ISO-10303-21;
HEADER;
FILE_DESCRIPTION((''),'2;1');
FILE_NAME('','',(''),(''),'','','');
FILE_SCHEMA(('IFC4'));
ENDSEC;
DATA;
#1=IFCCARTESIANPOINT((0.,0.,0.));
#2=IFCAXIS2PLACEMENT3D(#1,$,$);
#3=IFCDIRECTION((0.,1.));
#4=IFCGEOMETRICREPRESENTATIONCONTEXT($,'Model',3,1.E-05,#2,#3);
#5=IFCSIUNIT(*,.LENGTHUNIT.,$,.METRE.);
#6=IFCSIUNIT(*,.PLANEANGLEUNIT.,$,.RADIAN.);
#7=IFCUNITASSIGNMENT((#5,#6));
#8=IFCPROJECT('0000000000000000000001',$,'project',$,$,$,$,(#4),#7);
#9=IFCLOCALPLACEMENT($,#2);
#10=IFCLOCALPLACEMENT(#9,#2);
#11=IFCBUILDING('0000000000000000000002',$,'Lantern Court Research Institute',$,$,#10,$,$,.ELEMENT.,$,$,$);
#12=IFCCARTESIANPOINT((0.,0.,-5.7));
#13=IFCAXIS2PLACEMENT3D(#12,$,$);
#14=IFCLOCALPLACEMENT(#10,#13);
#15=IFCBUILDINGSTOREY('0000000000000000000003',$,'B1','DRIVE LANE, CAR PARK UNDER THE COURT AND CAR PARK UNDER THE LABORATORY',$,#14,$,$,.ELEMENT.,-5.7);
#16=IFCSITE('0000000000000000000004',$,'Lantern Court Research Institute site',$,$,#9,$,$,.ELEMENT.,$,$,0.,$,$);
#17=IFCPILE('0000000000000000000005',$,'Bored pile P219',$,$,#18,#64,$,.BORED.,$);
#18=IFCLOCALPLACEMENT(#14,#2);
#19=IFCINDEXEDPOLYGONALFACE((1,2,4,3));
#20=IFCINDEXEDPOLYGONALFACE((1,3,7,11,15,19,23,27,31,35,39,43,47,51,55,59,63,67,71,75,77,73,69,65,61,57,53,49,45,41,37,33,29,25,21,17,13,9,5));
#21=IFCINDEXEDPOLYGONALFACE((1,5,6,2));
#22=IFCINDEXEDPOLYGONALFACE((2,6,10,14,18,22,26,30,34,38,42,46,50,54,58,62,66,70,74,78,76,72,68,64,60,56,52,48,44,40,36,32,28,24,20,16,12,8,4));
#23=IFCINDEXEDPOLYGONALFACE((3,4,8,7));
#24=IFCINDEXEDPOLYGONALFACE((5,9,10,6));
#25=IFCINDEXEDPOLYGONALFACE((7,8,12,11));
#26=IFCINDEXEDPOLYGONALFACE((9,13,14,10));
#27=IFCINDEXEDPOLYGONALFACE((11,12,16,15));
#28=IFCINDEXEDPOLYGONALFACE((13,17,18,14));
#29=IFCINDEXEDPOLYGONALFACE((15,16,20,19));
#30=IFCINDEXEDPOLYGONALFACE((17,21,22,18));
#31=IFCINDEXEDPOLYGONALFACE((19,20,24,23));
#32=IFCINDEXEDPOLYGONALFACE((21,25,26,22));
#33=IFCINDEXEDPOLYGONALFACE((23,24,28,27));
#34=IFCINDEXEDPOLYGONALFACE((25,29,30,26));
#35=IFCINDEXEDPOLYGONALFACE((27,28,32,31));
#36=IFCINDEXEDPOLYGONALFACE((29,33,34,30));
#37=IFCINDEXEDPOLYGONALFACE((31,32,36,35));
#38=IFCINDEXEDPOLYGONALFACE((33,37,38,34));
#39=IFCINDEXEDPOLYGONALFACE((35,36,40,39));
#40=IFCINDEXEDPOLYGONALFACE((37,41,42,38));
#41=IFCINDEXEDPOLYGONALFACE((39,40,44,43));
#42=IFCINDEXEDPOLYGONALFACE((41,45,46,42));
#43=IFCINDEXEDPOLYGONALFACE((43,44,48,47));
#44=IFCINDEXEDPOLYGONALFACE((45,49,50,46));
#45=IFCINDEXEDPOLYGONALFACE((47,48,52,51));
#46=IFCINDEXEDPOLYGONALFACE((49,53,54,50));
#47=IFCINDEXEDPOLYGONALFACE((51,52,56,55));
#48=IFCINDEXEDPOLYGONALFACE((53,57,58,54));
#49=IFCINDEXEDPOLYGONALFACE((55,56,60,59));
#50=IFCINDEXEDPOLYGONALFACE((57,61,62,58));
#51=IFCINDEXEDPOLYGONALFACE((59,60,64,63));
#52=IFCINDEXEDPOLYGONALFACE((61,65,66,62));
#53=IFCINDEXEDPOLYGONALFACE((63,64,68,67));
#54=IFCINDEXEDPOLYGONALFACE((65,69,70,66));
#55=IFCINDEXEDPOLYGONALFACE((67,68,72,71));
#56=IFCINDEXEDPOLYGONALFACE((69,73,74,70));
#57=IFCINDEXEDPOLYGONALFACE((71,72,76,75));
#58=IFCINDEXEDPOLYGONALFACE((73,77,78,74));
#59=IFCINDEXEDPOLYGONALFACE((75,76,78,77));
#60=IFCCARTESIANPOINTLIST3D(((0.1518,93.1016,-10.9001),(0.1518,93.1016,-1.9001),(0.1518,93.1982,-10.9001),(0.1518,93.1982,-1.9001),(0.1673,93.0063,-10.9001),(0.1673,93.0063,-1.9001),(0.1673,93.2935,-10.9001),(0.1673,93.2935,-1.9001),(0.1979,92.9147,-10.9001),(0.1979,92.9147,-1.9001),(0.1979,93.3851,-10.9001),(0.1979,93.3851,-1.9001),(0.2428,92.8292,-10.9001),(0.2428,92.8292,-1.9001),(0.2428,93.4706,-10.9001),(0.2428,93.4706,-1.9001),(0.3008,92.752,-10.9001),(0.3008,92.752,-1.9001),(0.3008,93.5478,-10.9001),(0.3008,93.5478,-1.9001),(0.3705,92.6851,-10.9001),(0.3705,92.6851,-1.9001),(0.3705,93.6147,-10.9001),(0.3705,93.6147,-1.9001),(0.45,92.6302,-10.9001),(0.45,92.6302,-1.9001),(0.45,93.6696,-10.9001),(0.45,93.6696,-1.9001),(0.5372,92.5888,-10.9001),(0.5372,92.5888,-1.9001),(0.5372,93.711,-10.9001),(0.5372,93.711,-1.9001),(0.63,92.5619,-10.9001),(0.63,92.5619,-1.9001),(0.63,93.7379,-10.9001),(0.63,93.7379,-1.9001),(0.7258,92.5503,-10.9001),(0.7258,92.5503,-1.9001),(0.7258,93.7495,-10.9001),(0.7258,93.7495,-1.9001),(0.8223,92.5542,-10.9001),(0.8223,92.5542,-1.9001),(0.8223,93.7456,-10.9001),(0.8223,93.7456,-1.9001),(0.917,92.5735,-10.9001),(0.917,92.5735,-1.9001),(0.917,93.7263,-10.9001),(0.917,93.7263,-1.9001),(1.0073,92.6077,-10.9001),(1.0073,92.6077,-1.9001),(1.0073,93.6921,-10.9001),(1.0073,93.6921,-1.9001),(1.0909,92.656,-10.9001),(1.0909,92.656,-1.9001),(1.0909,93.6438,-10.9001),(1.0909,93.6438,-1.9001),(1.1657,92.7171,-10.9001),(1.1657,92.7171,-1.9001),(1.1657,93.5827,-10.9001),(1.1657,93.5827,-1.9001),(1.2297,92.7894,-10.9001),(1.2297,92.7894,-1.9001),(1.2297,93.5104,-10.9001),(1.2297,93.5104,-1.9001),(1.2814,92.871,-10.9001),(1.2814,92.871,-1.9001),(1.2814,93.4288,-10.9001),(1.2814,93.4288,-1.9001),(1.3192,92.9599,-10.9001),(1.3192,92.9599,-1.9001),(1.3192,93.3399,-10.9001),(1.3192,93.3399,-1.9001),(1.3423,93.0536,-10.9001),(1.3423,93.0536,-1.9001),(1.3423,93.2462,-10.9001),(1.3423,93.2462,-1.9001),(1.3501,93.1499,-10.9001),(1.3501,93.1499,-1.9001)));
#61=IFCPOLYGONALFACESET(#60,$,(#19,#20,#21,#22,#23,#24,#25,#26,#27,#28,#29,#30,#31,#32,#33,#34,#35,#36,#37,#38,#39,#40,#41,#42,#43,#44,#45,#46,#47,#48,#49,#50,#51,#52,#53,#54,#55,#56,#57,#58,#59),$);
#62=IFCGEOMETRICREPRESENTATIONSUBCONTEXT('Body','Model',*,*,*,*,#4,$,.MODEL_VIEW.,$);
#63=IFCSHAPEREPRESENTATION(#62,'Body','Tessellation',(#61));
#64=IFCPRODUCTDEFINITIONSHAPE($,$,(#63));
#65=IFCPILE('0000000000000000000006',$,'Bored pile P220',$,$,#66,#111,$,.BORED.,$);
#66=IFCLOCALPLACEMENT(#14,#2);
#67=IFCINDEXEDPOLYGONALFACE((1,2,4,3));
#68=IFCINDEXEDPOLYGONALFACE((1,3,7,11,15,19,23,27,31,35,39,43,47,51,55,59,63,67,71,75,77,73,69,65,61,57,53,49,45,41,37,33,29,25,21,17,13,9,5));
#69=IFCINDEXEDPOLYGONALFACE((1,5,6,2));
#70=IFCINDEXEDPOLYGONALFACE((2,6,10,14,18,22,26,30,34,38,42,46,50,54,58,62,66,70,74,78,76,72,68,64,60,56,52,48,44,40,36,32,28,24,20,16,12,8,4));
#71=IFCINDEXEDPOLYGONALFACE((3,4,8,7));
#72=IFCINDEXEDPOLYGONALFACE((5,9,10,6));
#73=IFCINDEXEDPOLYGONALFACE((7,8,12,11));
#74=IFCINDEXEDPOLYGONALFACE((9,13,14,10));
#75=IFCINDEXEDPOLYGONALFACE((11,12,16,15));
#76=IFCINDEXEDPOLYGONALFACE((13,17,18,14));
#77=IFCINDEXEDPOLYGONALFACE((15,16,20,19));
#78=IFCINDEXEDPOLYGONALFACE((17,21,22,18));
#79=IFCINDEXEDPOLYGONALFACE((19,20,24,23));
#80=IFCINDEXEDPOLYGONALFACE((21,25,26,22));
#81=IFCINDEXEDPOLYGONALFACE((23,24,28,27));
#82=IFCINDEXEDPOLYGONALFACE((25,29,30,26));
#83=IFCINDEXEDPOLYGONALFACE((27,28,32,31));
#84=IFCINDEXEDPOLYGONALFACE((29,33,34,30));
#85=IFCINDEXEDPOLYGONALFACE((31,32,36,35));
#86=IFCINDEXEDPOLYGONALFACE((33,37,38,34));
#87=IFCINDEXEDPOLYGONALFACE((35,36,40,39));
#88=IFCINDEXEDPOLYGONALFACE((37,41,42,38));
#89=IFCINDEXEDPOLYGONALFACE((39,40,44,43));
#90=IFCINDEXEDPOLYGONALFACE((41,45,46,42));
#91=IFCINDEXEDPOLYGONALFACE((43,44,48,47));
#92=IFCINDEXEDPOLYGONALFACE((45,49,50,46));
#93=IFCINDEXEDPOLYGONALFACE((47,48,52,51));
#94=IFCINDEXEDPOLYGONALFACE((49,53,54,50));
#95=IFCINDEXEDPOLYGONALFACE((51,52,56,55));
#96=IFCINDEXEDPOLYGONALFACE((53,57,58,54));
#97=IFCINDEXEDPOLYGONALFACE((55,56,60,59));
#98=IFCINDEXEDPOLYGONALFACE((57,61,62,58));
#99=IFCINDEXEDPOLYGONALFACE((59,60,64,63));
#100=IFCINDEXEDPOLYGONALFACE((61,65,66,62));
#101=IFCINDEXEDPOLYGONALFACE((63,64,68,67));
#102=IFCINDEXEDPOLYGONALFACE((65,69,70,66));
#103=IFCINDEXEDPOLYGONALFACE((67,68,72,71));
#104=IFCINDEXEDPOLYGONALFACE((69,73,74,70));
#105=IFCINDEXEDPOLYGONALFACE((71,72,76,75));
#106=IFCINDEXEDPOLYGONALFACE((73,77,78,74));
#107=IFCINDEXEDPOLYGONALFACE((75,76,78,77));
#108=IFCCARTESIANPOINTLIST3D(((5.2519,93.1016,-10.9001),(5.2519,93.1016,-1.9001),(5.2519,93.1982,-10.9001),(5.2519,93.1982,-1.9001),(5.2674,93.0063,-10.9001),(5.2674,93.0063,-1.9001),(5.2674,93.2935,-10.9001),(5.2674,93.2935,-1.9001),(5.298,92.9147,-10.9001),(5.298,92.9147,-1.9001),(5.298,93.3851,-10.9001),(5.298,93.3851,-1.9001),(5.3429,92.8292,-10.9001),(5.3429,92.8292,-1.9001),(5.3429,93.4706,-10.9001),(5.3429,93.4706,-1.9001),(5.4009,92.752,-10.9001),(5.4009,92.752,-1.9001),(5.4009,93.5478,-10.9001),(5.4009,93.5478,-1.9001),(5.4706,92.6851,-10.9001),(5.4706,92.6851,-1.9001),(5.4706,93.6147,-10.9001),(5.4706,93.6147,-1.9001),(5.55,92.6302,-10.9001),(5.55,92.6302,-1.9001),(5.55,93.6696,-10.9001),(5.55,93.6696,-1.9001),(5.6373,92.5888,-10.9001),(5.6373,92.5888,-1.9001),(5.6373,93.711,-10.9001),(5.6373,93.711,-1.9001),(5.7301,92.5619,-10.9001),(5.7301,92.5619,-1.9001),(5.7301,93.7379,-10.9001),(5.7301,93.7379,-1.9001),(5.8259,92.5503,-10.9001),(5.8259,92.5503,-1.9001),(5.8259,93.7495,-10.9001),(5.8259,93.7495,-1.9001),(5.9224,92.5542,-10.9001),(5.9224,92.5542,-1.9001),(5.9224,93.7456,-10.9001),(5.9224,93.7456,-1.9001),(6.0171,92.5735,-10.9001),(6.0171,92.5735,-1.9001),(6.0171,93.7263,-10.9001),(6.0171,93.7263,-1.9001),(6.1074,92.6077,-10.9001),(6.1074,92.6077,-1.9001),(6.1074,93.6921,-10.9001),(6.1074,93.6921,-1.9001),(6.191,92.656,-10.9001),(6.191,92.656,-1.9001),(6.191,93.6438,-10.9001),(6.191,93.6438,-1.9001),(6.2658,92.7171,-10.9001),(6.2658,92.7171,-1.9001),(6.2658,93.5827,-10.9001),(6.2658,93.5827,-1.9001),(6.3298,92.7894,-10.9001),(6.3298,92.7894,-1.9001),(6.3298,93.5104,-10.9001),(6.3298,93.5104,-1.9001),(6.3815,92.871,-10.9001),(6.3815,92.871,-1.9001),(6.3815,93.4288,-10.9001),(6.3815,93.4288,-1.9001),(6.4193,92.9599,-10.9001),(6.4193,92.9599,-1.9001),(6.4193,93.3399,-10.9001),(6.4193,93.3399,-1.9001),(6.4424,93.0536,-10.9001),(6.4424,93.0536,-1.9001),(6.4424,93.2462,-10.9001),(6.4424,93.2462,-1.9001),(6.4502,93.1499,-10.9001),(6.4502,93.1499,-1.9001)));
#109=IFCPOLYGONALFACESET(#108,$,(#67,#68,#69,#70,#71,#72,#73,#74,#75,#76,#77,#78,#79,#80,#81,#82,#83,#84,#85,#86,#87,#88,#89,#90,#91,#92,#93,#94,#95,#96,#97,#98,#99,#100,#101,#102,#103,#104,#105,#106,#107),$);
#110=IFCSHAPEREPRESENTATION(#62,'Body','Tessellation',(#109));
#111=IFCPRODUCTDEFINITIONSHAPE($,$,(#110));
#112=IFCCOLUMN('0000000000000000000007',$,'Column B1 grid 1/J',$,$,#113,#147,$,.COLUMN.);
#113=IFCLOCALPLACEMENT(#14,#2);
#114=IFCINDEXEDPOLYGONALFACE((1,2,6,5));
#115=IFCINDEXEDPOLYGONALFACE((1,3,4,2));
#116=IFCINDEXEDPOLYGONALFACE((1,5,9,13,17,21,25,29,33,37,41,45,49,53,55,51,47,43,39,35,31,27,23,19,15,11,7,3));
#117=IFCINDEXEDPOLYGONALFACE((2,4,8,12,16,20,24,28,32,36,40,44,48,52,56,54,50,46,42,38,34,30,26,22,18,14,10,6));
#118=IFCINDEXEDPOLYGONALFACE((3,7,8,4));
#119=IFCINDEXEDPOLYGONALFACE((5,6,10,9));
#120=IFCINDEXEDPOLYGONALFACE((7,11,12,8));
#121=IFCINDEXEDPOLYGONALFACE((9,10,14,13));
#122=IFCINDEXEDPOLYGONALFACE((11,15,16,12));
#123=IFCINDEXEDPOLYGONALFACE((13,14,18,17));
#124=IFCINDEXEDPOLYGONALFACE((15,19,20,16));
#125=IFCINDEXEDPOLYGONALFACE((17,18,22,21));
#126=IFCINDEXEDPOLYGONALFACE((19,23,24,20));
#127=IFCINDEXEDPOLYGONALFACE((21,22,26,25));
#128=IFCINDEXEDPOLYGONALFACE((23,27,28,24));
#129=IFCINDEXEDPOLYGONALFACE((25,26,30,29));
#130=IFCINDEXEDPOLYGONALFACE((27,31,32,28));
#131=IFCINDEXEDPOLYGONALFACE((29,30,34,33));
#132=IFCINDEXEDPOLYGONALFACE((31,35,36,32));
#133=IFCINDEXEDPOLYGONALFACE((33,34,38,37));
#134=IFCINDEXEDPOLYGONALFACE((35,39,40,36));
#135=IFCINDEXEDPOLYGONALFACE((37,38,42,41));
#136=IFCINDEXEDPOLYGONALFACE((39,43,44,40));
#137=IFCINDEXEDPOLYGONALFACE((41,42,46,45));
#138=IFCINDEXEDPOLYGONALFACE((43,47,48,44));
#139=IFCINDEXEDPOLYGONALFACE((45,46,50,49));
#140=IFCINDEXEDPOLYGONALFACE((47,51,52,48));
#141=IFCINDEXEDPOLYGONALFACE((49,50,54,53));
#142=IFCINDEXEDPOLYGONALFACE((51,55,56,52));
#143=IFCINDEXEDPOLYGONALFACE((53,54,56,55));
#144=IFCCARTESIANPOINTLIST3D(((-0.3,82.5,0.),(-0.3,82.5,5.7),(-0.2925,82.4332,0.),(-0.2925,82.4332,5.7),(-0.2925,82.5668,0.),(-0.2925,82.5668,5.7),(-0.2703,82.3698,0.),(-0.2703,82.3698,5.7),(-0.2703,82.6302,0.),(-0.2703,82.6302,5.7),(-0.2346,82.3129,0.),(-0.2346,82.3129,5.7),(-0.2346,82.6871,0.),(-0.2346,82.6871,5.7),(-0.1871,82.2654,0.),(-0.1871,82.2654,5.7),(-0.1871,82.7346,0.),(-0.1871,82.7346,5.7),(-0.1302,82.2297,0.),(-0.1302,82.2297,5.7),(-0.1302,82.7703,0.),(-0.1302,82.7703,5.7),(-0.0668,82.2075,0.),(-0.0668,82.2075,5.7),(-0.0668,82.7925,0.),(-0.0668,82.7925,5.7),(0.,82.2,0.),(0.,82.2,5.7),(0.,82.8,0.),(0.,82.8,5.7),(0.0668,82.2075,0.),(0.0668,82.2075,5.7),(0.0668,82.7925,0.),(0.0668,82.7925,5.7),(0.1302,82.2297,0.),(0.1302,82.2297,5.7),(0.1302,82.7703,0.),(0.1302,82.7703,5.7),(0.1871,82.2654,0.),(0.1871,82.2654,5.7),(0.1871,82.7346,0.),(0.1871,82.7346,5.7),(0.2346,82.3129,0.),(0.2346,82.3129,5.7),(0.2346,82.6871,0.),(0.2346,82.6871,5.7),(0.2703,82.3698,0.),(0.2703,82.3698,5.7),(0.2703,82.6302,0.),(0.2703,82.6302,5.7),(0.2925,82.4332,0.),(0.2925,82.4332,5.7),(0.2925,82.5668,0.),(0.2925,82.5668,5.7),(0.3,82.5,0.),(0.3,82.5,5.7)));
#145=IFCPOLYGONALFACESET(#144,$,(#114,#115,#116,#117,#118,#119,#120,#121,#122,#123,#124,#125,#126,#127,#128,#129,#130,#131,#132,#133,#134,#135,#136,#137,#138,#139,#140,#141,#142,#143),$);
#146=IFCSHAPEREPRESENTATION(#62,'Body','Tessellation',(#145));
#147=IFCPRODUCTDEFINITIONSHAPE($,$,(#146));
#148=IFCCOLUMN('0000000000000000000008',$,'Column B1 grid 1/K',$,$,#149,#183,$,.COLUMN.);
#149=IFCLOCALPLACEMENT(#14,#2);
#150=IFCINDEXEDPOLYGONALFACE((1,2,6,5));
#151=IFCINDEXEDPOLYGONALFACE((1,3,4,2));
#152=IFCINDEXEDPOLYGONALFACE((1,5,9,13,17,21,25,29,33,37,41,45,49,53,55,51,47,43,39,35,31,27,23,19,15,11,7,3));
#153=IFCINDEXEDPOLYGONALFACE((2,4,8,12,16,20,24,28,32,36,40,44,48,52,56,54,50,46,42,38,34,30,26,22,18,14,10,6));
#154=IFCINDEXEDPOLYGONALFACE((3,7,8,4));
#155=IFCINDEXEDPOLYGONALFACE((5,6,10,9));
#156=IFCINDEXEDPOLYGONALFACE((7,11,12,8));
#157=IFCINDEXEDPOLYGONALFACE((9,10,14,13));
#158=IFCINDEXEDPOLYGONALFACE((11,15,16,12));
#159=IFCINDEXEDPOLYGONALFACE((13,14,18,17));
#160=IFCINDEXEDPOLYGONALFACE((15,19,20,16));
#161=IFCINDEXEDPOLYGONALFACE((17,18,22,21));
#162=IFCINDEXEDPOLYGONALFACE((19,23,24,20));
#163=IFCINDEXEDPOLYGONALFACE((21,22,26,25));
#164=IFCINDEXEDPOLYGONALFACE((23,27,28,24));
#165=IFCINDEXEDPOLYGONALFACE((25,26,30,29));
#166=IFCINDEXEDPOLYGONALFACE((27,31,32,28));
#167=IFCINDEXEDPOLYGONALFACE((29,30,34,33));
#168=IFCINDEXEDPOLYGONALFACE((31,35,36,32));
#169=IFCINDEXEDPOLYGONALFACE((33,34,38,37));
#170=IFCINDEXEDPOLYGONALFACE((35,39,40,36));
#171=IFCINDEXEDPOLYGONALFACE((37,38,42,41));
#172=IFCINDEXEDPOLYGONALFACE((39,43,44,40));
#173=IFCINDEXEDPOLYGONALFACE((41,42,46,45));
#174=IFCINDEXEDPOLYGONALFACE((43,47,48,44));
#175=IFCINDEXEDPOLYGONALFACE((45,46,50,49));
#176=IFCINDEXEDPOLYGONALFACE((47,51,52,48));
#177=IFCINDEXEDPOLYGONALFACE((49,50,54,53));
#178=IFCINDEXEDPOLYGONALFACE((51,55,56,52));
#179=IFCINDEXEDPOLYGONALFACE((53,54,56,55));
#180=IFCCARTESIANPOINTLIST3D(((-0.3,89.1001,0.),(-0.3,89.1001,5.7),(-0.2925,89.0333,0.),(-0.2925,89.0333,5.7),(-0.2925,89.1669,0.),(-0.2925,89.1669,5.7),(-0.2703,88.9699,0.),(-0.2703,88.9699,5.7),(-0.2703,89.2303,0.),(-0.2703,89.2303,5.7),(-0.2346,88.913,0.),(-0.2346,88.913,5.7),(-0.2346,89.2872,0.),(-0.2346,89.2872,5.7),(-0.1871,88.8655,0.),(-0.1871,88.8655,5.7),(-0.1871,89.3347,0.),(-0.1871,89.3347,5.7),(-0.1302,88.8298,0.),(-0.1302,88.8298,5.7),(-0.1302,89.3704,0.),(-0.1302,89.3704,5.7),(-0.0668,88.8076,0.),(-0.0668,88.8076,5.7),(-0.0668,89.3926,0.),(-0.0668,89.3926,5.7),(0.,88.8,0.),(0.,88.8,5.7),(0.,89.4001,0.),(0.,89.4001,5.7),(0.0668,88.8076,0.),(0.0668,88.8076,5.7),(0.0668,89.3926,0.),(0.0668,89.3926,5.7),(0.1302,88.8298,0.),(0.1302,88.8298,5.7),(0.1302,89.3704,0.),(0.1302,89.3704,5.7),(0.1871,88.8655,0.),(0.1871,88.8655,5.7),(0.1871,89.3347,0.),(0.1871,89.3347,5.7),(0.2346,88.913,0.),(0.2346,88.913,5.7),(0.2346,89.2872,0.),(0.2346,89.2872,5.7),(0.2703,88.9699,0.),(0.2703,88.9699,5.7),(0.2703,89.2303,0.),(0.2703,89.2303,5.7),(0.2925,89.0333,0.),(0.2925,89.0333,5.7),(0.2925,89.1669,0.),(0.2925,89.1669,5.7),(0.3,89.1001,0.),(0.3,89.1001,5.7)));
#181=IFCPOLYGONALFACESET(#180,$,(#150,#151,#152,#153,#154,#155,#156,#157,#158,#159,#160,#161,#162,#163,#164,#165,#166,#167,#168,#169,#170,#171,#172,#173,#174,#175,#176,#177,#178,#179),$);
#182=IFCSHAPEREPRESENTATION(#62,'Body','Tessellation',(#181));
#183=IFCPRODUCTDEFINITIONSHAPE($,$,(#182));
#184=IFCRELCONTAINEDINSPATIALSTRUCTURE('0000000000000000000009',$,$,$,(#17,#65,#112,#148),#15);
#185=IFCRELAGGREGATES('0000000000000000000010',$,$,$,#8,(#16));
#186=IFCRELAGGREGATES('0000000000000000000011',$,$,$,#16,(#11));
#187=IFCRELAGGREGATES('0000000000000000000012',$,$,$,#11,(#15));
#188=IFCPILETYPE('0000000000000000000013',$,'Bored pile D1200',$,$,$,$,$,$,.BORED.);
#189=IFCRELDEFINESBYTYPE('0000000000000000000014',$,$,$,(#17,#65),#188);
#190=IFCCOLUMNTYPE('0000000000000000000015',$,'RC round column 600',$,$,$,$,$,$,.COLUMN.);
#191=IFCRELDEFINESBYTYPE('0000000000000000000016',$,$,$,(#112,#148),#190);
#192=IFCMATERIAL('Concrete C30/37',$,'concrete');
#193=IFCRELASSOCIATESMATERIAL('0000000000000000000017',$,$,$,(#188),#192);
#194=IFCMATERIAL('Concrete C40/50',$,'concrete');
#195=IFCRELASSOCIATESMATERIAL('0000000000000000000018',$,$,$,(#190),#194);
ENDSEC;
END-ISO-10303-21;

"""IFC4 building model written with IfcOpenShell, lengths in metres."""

from ifc_helpers import new_model, si_unit, direction, frame, origin, origin_2d, place, context, subcontext, project, spatial, circle, extrude, material, material_profile, profile_set, type_object, element, save


model = new_model("IFC4")

# Units and contexts
model_context = context("Model", 3, precision=1e-05, world=origin(), true_north=direction((0.0, 1.0)))
body_context = subcontext(model_context, "Body", "Model", "MODEL_VIEW")
ifc_project = project(units=[si_unit("LENGTHUNIT", "METRE"), si_unit("PLANEANGLEUNIT", "RADIAN")], contexts=[model_context])

# Site, building, storey
site_placement = place(None, origin())
site = spatial("IfcSite", under=ifc_project, at=site_placement, Name="Lantern Court Research Institute site", CompositionType="ELEMENT", RefElevation=0.0)
building_placement = place(site_placement, origin())
building = spatial("IfcBuilding", under=site, at=building_placement, Name="Lantern Court Research Institute", CompositionType="ELEMENT")
storey_placement = place(building_placement, frame((0.0, 0.0, -5.7)))
storey = spatial("IfcBuildingStorey", under=building, at=storey_placement, Name="B1", Description="DRIVE LANE, CAR PARK UNDER THE COURT AND CAR PARK UNDER THE LABORATORY", CompositionType="ELEMENT", Elevation=-5.7)

# Piles
ifc_material_1 = material(Name="Concrete C30/37", Category="concrete")
ifc_material_profile_1 = material_profile(ifc_material_1, circle(Radius=0.6001, at=origin_2d()), Name="Bored pile D1200")
ifc_profile_set_1 = profile_set([ifc_material_profile_1], Name="Concrete C30/37")
pile_type_1 = type_object("IfcPileType", Name="Bored pile D1200", PredefinedType="BORED", material=ifc_profile_set_1)
for number, where, z_axis, x_axis, name in (
    (1, (0.75, 93.1499, -1.9001), (0.0, 0.0, -1.0), (1.0, 0.0, 0.0), "Bored pile P219"),
    (2, (5.8501, 93.1499, -1.9001), (0.0, 0.0, -1.0), (1.0, 0.0, 0.0), "Bored pile P220"),
):
    element("IfcPile", number, at=place(storey_placement, frame(where, z_axis=z_axis, x_axis=x_axis)), inside=storey, type_object=pile_type_1, Name=name, PredefinedType="BORED", context=body_context, shape_type="SweptSolid", body=[
        extrude(circle(Radius=0.6001, at=origin_2d()), origin(), (0.0, 0.0, 1.0), 9.0),
    ])

# Columns
ifc_material_2 = material(Name="Concrete C40/50", Category="concrete")
ifc_material_profile_2 = material_profile(ifc_material_2, circle(Radius=0.3, at=origin_2d()), Name="RC round column 600")
ifc_profile_set_2 = profile_set([ifc_material_profile_2], Name="Concrete C40/50")
column_type = type_object("IfcColumnType", Name="RC round column 600", PredefinedType="COLUMN", material=ifc_profile_set_2)
for number, where, z_axis, x_axis, name in (
    (3, (0.0, 82.5, 0.0), (0.0, 0.0, 1.0), (1.0, 0.0, 0.0), "Column B1 grid 1/J"),
    (4, (0.0, 89.1001, 0.0), (0.0, 0.0, 1.0), (1.0, 0.0, 0.0), "Column B1 grid 1/K"),
):
    element("IfcColumn", number, at=place(storey_placement, frame(where, z_axis=z_axis, x_axis=x_axis)), inside=storey, type_object=column_type, Name=name, PredefinedType="COLUMN", context=body_context, shape_type="SweptSolid", body=[
        extrude(circle(Radius=0.3, at=origin_2d()), origin(), (0.0, 0.0, 1.0), 5.7),
    ])

save(model, "model.ifc")
